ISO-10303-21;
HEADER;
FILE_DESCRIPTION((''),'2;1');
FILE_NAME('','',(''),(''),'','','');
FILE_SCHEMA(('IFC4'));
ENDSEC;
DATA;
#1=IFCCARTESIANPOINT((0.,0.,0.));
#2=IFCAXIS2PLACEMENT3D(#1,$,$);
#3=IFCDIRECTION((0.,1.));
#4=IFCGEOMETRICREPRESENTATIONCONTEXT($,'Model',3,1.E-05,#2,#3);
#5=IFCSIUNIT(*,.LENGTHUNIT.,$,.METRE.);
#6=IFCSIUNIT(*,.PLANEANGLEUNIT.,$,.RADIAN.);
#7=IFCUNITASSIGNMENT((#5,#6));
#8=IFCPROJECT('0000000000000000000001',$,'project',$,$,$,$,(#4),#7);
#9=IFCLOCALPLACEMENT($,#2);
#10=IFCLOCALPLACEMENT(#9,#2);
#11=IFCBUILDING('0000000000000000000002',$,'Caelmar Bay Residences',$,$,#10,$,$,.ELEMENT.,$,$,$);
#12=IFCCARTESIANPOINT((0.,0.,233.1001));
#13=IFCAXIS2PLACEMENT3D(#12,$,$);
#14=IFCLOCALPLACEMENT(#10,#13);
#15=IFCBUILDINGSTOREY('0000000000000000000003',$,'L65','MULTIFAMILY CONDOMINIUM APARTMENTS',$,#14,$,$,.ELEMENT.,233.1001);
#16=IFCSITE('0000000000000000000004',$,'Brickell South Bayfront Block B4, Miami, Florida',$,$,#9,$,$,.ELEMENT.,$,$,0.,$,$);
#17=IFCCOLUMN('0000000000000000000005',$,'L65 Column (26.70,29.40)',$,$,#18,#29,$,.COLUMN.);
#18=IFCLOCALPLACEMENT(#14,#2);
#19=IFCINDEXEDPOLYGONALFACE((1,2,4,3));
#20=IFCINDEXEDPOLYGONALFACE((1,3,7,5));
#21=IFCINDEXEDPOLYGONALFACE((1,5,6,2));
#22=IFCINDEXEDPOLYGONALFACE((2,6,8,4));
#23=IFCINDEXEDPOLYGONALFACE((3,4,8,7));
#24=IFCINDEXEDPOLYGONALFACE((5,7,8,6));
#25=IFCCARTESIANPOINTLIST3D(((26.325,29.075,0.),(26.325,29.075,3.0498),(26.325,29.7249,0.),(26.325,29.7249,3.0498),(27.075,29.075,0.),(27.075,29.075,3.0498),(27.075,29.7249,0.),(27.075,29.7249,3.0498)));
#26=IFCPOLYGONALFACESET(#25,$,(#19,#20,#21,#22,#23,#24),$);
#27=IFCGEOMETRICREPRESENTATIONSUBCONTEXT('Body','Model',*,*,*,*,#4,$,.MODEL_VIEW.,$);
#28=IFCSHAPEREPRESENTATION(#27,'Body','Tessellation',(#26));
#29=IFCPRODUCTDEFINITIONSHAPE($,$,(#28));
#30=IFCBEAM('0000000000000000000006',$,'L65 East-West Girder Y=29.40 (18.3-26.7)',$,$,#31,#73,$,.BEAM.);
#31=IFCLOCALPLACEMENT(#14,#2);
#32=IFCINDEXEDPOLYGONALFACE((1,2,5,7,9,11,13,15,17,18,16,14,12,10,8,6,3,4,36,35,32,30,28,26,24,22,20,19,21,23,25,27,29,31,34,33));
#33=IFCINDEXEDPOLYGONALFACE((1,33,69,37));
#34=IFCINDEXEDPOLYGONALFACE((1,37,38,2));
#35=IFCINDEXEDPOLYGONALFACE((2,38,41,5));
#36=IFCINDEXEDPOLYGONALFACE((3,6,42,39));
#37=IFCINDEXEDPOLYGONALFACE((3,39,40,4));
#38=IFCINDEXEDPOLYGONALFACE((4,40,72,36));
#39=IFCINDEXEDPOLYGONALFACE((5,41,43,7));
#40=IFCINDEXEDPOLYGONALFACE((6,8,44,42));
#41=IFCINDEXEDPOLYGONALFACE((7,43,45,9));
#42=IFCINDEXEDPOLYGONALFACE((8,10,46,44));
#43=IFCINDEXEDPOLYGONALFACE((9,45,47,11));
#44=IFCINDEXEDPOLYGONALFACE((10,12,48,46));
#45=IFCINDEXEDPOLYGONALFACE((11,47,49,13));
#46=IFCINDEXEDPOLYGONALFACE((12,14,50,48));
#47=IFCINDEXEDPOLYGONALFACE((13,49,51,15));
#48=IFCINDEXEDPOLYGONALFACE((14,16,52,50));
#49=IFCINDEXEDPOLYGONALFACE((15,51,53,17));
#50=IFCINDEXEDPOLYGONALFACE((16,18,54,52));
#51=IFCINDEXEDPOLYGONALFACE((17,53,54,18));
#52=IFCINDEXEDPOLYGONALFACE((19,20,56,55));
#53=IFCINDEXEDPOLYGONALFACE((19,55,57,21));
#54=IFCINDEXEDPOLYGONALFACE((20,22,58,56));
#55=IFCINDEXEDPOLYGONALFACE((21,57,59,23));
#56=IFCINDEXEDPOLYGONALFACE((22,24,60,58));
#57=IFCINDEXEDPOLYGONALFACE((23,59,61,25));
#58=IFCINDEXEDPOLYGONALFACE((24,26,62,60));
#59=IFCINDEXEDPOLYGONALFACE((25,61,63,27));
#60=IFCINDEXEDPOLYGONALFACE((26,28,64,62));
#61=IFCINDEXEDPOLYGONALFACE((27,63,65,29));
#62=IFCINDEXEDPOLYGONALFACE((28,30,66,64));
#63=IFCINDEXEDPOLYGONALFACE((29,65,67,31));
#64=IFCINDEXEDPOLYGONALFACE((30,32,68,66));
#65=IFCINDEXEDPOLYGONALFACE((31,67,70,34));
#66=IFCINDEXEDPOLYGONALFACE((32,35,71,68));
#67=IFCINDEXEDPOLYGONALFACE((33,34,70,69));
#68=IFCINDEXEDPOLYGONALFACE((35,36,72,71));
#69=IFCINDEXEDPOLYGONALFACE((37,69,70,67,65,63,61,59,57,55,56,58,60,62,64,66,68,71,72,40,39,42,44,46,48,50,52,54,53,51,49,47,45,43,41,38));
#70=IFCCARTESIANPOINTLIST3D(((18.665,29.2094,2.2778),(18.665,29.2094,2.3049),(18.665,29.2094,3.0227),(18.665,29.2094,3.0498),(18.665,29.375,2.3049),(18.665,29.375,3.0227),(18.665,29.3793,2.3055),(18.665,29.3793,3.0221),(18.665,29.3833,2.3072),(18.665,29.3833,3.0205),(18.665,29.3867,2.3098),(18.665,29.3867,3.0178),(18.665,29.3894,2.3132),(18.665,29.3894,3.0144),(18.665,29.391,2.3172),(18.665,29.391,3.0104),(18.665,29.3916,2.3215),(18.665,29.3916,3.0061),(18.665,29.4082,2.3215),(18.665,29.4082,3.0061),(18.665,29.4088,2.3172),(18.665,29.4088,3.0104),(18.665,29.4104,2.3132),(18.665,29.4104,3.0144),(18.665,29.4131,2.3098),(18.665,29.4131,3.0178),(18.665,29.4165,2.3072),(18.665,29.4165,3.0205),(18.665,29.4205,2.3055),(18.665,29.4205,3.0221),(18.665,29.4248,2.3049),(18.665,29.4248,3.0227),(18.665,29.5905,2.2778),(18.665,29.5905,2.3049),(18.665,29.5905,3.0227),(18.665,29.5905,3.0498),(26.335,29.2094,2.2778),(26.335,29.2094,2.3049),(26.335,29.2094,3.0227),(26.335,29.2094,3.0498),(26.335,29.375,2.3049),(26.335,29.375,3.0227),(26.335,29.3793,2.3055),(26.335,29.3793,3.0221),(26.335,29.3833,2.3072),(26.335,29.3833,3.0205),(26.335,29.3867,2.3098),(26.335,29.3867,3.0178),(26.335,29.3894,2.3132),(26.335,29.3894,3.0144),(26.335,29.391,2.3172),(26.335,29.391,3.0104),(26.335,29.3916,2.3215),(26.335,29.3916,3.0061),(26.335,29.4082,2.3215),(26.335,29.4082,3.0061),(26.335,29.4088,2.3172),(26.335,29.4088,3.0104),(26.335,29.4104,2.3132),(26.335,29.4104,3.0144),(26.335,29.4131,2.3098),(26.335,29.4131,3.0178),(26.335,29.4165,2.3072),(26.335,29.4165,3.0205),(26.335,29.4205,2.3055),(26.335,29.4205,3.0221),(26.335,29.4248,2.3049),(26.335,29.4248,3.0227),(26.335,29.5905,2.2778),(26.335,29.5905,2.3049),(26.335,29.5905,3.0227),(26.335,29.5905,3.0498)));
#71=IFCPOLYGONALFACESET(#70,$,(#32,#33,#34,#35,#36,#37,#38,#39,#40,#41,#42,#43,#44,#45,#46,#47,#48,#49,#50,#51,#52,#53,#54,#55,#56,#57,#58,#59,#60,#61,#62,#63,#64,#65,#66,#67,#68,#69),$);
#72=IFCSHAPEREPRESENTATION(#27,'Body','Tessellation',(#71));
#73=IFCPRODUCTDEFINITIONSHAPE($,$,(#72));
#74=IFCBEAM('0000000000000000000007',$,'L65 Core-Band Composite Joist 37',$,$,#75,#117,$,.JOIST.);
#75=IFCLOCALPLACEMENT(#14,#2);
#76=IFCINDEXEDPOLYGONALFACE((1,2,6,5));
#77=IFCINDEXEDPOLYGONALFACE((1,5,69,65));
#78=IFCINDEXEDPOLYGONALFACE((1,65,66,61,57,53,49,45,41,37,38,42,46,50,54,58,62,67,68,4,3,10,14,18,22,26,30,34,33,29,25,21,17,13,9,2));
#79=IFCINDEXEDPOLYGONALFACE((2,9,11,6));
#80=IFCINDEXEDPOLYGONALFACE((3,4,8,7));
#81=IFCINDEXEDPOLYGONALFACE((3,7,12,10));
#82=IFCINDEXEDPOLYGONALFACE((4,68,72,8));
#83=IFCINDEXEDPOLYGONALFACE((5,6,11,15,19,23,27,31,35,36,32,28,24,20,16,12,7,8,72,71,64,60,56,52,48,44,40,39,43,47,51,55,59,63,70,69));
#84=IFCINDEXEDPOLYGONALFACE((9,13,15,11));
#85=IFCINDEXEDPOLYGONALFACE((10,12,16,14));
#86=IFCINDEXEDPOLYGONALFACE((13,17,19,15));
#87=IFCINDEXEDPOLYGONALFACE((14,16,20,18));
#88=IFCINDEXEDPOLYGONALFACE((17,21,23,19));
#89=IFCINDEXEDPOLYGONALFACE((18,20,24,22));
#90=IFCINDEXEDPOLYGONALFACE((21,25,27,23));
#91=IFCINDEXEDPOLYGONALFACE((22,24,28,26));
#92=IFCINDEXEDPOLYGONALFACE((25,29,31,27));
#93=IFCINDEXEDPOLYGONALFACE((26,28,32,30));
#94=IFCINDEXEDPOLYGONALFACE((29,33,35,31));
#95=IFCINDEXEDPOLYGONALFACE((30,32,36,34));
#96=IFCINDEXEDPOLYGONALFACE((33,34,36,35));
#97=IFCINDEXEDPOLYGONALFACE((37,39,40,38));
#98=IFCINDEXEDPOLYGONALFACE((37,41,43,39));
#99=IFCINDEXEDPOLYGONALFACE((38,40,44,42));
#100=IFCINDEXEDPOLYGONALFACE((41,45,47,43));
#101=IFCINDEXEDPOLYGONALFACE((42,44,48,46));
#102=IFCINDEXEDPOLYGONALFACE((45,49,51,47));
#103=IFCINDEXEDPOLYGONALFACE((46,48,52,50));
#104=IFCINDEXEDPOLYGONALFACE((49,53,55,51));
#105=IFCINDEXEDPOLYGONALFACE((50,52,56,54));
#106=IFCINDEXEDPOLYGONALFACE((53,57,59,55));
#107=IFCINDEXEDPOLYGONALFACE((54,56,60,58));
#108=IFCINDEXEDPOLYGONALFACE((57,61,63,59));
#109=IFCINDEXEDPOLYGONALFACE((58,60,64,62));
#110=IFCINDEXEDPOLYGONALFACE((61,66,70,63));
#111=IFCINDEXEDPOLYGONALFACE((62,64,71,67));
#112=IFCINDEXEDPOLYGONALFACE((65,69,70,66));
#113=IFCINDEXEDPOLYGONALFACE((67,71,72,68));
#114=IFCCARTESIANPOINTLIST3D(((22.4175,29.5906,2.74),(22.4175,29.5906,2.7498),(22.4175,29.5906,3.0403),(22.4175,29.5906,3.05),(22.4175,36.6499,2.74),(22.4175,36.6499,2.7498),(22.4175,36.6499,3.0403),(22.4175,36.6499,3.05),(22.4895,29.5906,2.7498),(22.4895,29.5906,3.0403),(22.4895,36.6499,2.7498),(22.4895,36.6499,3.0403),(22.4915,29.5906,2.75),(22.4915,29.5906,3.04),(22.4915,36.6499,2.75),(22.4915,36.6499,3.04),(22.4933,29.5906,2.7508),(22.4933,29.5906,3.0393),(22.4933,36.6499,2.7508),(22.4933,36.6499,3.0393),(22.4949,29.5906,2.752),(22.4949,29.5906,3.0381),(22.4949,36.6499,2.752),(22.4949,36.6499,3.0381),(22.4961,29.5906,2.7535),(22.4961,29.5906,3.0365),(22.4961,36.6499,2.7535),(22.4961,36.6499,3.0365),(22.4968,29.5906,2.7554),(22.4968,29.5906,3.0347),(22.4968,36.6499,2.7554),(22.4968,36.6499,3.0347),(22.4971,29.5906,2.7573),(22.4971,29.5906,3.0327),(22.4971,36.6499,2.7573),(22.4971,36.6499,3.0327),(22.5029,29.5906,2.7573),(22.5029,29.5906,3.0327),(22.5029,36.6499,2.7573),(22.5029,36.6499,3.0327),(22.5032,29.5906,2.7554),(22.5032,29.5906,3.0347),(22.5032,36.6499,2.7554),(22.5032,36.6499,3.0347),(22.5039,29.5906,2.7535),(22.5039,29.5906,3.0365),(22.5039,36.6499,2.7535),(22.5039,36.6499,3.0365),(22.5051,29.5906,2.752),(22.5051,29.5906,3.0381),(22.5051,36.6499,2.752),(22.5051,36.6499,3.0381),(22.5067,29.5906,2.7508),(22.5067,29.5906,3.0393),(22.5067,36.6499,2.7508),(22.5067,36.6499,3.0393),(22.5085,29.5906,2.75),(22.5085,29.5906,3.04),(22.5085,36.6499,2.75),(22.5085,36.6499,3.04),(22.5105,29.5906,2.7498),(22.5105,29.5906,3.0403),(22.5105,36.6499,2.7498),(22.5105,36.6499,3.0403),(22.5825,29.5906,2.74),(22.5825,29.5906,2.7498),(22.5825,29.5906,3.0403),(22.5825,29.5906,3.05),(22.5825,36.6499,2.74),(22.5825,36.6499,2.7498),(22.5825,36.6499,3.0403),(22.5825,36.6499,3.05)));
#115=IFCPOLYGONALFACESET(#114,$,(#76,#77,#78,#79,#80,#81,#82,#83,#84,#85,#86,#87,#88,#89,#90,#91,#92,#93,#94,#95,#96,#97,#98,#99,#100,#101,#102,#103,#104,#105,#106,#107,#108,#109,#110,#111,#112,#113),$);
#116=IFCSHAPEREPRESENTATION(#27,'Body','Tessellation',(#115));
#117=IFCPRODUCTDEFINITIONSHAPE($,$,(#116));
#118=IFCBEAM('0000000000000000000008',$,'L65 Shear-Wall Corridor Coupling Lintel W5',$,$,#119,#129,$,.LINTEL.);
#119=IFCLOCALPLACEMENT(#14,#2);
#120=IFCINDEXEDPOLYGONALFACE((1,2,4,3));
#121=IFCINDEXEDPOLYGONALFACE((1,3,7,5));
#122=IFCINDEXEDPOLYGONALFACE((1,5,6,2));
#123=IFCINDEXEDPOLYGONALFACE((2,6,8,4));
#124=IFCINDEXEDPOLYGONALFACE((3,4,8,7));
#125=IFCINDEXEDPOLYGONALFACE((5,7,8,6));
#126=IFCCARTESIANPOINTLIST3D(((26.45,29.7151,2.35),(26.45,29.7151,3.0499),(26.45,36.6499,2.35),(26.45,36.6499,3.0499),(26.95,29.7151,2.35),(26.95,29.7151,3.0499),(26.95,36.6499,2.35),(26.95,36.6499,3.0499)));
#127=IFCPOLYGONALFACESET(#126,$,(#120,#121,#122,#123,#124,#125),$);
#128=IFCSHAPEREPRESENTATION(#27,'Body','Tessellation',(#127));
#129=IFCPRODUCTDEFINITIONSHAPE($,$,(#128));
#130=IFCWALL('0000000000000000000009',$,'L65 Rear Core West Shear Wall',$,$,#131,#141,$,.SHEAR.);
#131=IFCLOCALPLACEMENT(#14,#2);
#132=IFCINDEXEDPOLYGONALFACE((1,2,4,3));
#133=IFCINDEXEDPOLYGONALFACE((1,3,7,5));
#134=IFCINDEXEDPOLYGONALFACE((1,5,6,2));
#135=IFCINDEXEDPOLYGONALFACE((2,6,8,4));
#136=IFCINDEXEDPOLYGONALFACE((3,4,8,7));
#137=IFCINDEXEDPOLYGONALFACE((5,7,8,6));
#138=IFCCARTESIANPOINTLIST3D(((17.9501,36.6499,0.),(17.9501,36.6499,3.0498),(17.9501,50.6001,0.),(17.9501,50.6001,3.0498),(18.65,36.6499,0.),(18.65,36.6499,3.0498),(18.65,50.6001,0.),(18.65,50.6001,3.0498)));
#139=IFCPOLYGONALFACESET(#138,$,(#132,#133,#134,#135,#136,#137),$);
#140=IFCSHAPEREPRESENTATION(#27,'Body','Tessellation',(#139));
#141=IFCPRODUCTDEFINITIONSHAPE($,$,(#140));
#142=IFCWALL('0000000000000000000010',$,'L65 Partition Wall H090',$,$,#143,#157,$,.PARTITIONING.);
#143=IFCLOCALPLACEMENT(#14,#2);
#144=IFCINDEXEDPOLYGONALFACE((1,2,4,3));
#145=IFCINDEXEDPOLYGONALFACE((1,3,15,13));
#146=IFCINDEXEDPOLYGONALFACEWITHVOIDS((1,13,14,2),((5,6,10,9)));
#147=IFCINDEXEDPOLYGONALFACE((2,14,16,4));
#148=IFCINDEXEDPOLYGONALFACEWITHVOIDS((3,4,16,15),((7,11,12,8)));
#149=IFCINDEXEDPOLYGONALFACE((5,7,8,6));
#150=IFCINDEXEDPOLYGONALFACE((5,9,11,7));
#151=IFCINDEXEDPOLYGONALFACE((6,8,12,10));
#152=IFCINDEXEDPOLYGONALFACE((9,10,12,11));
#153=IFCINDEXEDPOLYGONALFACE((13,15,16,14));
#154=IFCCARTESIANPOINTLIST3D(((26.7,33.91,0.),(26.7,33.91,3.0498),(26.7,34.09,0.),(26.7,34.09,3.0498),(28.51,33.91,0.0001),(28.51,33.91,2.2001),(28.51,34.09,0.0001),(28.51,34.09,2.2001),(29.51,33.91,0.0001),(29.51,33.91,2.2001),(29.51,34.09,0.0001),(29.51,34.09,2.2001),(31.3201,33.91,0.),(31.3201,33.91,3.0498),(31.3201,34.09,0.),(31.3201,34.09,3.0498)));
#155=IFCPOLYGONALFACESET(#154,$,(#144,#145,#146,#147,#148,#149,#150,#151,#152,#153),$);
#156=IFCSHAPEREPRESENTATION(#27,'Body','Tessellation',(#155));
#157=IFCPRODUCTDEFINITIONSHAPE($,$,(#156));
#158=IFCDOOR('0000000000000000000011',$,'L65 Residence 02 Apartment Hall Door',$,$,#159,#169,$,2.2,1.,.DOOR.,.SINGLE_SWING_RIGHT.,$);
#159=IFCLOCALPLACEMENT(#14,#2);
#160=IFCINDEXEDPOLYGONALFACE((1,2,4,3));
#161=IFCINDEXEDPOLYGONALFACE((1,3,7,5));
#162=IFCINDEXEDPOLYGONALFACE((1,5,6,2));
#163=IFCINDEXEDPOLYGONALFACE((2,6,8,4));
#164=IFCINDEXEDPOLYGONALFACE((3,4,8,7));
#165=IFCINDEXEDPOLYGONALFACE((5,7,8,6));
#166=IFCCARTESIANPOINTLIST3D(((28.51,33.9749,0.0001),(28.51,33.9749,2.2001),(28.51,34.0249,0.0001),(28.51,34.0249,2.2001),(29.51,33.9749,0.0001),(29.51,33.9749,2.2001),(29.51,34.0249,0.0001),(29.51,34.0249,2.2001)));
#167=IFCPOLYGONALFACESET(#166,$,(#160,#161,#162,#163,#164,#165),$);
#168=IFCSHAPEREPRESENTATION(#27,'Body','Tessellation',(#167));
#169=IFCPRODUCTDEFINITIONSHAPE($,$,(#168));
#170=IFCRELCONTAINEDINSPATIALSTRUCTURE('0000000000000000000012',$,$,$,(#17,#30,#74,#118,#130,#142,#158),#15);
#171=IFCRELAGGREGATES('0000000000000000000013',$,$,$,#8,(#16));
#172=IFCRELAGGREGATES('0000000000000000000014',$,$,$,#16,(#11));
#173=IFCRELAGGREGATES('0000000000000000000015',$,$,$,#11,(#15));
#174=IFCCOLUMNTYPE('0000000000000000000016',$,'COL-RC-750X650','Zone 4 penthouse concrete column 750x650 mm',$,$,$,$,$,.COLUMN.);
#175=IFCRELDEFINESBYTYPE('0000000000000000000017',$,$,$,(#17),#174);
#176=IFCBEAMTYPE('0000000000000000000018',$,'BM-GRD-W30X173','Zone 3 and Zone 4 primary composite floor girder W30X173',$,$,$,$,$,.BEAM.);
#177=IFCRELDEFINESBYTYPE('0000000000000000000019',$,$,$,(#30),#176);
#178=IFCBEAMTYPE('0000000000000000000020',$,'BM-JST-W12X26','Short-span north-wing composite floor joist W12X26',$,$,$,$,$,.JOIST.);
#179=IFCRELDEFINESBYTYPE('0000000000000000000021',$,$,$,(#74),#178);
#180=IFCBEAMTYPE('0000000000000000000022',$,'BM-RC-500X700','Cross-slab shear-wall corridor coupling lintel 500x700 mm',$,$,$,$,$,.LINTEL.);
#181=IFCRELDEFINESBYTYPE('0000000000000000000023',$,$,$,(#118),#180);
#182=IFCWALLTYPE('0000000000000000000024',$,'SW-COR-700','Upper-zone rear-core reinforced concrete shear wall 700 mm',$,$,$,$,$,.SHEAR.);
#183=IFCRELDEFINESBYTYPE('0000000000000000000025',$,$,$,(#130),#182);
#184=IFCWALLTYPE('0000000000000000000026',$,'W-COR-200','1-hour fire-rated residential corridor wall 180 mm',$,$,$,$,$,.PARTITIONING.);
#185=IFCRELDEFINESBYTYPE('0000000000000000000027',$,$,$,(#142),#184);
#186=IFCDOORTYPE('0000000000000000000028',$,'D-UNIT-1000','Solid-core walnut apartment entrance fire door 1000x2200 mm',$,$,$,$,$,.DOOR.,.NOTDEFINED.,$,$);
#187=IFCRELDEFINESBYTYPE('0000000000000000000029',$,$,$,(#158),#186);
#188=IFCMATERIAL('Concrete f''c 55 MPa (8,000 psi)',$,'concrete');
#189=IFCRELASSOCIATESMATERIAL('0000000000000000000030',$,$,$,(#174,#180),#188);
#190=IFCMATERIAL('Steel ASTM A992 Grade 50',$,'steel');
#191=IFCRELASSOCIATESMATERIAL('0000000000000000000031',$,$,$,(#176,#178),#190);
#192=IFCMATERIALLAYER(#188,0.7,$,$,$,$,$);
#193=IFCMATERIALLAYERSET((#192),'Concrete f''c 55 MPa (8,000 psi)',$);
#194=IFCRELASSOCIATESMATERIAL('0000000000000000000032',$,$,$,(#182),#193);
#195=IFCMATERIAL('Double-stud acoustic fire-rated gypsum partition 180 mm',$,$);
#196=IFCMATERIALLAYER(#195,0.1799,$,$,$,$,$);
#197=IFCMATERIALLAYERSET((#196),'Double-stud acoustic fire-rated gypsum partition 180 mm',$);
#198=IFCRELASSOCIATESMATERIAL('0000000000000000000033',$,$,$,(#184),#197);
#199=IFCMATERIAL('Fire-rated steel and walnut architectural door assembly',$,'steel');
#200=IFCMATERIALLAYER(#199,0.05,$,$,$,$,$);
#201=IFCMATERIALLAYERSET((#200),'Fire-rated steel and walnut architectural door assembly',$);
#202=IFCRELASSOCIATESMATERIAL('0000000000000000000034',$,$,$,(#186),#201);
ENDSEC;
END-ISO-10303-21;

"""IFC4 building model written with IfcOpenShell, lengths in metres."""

from ifc_helpers import new_model, si_unit, direction, frame, frame_2d, origin, origin_2d, place, context, subcontext, project, spatial, rectangle, i_section, extrude, material, layer, layer_set, material_profile, profile_set, type_object, element, fill, save


model = new_model("IFC4")

# Units and contexts
model_context = context("Model", 3, precision=1e-05, world=origin(), true_north=direction((0.0, 1.0)))
body_context = subcontext(model_context, "Body", "Model", "MODEL_VIEW")
ifc_project = project(units=[si_unit("LENGTHUNIT", "METRE"), si_unit("PLANEANGLEUNIT", "RADIAN")], contexts=[model_context])

# Site, building, storey
site_placement = place(None, origin())
site = spatial("IfcSite", under=ifc_project, at=site_placement, Name="Brickell South Bayfront Block B4, Miami, Florida", CompositionType="ELEMENT", RefElevation=0.0)
building_placement = place(site_placement, origin())
building = spatial("IfcBuilding", under=site, at=building_placement, Name="Caelmar Bay Residences", CompositionType="ELEMENT")
storey_placement = place(building_placement, frame((0.0, 0.0, 233.1001)))
storey = spatial("IfcBuildingStorey", under=building, at=storey_placement, Name="L65", Description="MULTIFAMILY CONDOMINIUM APARTMENTS", CompositionType="ELEMENT", Elevation=233.1001)

# Column
ifc_material_1 = material(Name="Concrete f'c 55 MPa (8,000 psi)", Category="concrete")
ifc_material_profile_1 = material_profile(ifc_material_1, rectangle(XDim=0.75, YDim=0.6499, at=origin_2d()), Name="RC-COL-750X650")
ifc_profile_set_1 = profile_set([ifc_material_profile_1], Name="Concrete f'c 55 MPa (8,000 psi)")
column_type = type_object("IfcColumnType", Name="COL-RC-750X650", Description="Zone 4 penthouse concrete column 750x650 mm", PredefinedType="COLUMN", material=ifc_profile_set_1)
column_placement = place(storey_placement, frame((26.7, 29.3999, 0.0), z_axis=(0.0, 0.0, 1.0), x_axis=(1.0, 0.0, 0.0)))
element("IfcColumn", 1, at=column_placement, inside=storey, type_object=column_type, Name="L65 Column (26.70,29.40)", PredefinedType="COLUMN", context=body_context, shape_type="SweptSolid", body=[
    extrude(rectangle(XDim=0.75, YDim=0.6499, at=origin_2d()), origin(), (0.0, 0.0, 1.0), 3.0498),
])

# Beams
ifc_material_2 = material(Name="Steel ASTM A992 Grade 50", Category="steel")
ifc_material_profile_2 = material_profile(ifc_material_2, i_section(OverallWidth=0.3811, OverallDepth=0.772, WebThickness=0.0166, FlangeThickness=0.0271, FilletRadius=0.0166, at=origin_2d()), Name="W30X173")
ifc_profile_set_2 = profile_set([ifc_material_profile_2], Name="Steel ASTM A992 Grade 50")
beam_type_1 = type_object("IfcBeamType", Name="BM-GRD-W30X173", Description="Zone 3 and Zone 4 primary composite floor girder W30X173", PredefinedType="BEAM", material=ifc_profile_set_2)
beam_1_placement = place(storey_placement, frame((18.665, 29.3999, 2.6638), z_axis=(1.0, 0.0, 0.0), x_axis=(0.0, 1.0, 0.0)))
element("IfcBeam", 2, at=beam_1_placement, inside=storey, type_object=beam_type_1, Name="L65 East-West Girder Y=29.40 (18.3-26.7)", PredefinedType="BEAM", context=body_context, shape_type="SweptSolid", body=[
    extrude(i_section(OverallWidth=0.3811, OverallDepth=0.772, WebThickness=0.0166, FlangeThickness=0.0271, FilletRadius=0.0166, at=origin_2d()), origin(), (0.0, 0.0, 1.0), 7.6699),
])
ifc_material_profile_3 = material_profile(ifc_material_2, i_section(OverallWidth=0.165, OverallDepth=0.3101, WebThickness=0.0059, FlangeThickness=0.0098, FilletRadius=0.0076, at=origin_2d()), Name="W12X26")
ifc_profile_set_3 = profile_set([ifc_material_profile_3], Name="Steel ASTM A992 Grade 50")
beam_type_2 = type_object("IfcBeamType", Name="BM-JST-W12X26", Description="Short-span north-wing composite floor joist W12X26", PredefinedType="JOIST", material=ifc_profile_set_3)
beam_2_placement = place(storey_placement, frame((22.5, 29.5906, 2.895), z_axis=(0.0, 1.0, 0.0), x_axis=(-1.0, 0.0, 0.0)))
element("IfcBeam", 3, at=beam_2_placement, inside=storey, type_object=beam_type_2, Name="L65 Core-Band Composite Joist 37", PredefinedType="JOIST", context=body_context, shape_type="SweptSolid", body=[
    extrude(i_section(OverallWidth=0.165, OverallDepth=0.3101, WebThickness=0.0059, FlangeThickness=0.0098, FilletRadius=0.0076, at=origin_2d()), origin(), (0.0, 0.0, 1.0), 7.0593),
])
ifc_material_profile_4 = material_profile(ifc_material_1, rectangle(XDim=0.5, YDim=0.7, at=origin_2d()), Name="RC-BM-500X700")
ifc_profile_set_4 = profile_set([ifc_material_profile_4], Name="Concrete f'c 55 MPa (8,000 psi)")
beam_type_3 = type_object("IfcBeamType", Name="BM-RC-500X700", Description="Cross-slab shear-wall corridor coupling lintel 500x700 mm", PredefinedType="LINTEL", material=ifc_profile_set_4)
beam_3_placement = place(storey_placement, frame((26.7, 29.7151, 2.7), z_axis=(0.0, 1.0, 0.0), x_axis=(-1.0, 0.0, 0.0)))
element("IfcBeam", 4, at=beam_3_placement, inside=storey, type_object=beam_type_3, Name="L65 Shear-Wall Corridor Coupling Lintel W5", PredefinedType="LINTEL", context=body_context, shape_type="SweptSolid", body=[
    extrude(rectangle(XDim=0.5, YDim=0.7, at=origin_2d()), origin(), (0.0, 0.0, 1.0), 6.9348),
])

# Wall
ifc_layer_1 = layer(ifc_material_1, 0.7)
ifc_layer_set_1 = layer_set([ifc_layer_1], Name="Concrete f'c 55 MPa (8,000 psi)")
wall_type_1 = type_object("IfcWallType", Name="SW-COR-700", Description="Upper-zone rear-core reinforced concrete shear wall 700 mm", PredefinedType="SHEAR", material=ifc_layer_set_1)
wall_1_placement = place(storey_placement, frame((18.3, 36.6499, 0.0), z_axis=(0.0, 0.0, 1.0), x_axis=(0.0, 1.0, 0.0)))
element("IfcWall", 5, at=wall_1_placement, inside=storey, type_object=wall_type_1, Name="L65 Rear Core West Shear Wall", PredefinedType="SHEAR", context=body_context, shape_type="SweptSolid", body=[
    extrude(rectangle(XDim=13.9502, YDim=0.7, at=frame_2d((6.9751, 0.0))), origin(), (0.0, 0.0, 1.0), 3.0498),
])

# Wall, opening, door
ifc_material_3 = material(Name="Fire-rated steel and walnut architectural door assembly", Category="steel")
ifc_material_4 = material(Name="Double-stud acoustic fire-rated gypsum partition 180 mm")
ifc_layer_2 = layer(ifc_material_4, 0.1799)
ifc_layer_set_2 = layer_set([ifc_layer_2], Name="Double-stud acoustic fire-rated gypsum partition 180 mm")
wall_type_2 = type_object("IfcWallType", Name="W-COR-200", Description="1-hour fire-rated residential corridor wall 180 mm", PredefinedType="PARTITIONING", material=ifc_layer_set_2)
wall_2_placement = place(storey_placement, frame((26.7, 34.0, 0.0), z_axis=(0.0, 0.0, 1.0), x_axis=(1.0, 0.0, 0.0)))
wall_2 = element("IfcWall", 6, at=wall_2_placement, inside=storey, type_object=wall_type_2, Name="L65 Partition Wall H090", PredefinedType="PARTITIONING", context=body_context, shape_type="SweptSolid", body=[
    extrude(rectangle(XDim=4.6201, YDim=0.1799, at=frame_2d((2.3101, 0.0))), origin(), (0.0, 0.0, 1.0), 3.0498),
])
opening_1_placement = place(wall_2_placement, frame((1.8101, 0.0, 0.0)))
opening_1 = element("IfcOpeningElement", 7, at=opening_1_placement, cuts=wall_2, PredefinedType="OPENING", context=body_context, shape_type="SweptSolid", body=[
    extrude(rectangle(XDim=1.0, YDim=2.2, at=frame_2d((0.5, 1.1001))), frame((0.0, 0.0999, 0.0), z_axis=(0.0, -1.0, 0.0), x_axis=(1.0, 0.0, 0.0)), (0.0, 0.0, 1.0), 0.2),
])
ifc_layer_3 = layer(ifc_material_3, 0.05)
ifc_layer_set_3 = layer_set([ifc_layer_3], Name="Fire-rated steel and walnut architectural door assembly")
door_type_1 = type_object("IfcDoorType", Name="D-UNIT-1000", Description="Solid-core walnut apartment entrance fire door 1000x2200 mm", OperationType="NOTDEFINED", PredefinedType="DOOR", material=ifc_layer_set_3)
door_1_placement = place(opening_1_placement, origin())
door_1 = element("IfcDoor", 8, at=door_1_placement, inside=storey, type_object=door_type_1, Name="L65 Residence 02 Apartment Hall Door", OperationType="SINGLE_SWING_RIGHT", OverallHeight=2.2, OverallWidth=1.0, PredefinedType="DOOR", context=body_context, shape_type="SweptSolid", body=[
    extrude(rectangle(XDim=1.0, YDim=2.2, at=frame_2d((0.5, 1.1001))), frame((0.0, 0.0249, 0.0), z_axis=(0.0, -1.0, 0.0), x_axis=(1.0, 0.0, 0.0)), (0.0, 0.0, 1.0), 0.05),
])
fill(opening_1, door_1)

save(model, "model.ifc")
